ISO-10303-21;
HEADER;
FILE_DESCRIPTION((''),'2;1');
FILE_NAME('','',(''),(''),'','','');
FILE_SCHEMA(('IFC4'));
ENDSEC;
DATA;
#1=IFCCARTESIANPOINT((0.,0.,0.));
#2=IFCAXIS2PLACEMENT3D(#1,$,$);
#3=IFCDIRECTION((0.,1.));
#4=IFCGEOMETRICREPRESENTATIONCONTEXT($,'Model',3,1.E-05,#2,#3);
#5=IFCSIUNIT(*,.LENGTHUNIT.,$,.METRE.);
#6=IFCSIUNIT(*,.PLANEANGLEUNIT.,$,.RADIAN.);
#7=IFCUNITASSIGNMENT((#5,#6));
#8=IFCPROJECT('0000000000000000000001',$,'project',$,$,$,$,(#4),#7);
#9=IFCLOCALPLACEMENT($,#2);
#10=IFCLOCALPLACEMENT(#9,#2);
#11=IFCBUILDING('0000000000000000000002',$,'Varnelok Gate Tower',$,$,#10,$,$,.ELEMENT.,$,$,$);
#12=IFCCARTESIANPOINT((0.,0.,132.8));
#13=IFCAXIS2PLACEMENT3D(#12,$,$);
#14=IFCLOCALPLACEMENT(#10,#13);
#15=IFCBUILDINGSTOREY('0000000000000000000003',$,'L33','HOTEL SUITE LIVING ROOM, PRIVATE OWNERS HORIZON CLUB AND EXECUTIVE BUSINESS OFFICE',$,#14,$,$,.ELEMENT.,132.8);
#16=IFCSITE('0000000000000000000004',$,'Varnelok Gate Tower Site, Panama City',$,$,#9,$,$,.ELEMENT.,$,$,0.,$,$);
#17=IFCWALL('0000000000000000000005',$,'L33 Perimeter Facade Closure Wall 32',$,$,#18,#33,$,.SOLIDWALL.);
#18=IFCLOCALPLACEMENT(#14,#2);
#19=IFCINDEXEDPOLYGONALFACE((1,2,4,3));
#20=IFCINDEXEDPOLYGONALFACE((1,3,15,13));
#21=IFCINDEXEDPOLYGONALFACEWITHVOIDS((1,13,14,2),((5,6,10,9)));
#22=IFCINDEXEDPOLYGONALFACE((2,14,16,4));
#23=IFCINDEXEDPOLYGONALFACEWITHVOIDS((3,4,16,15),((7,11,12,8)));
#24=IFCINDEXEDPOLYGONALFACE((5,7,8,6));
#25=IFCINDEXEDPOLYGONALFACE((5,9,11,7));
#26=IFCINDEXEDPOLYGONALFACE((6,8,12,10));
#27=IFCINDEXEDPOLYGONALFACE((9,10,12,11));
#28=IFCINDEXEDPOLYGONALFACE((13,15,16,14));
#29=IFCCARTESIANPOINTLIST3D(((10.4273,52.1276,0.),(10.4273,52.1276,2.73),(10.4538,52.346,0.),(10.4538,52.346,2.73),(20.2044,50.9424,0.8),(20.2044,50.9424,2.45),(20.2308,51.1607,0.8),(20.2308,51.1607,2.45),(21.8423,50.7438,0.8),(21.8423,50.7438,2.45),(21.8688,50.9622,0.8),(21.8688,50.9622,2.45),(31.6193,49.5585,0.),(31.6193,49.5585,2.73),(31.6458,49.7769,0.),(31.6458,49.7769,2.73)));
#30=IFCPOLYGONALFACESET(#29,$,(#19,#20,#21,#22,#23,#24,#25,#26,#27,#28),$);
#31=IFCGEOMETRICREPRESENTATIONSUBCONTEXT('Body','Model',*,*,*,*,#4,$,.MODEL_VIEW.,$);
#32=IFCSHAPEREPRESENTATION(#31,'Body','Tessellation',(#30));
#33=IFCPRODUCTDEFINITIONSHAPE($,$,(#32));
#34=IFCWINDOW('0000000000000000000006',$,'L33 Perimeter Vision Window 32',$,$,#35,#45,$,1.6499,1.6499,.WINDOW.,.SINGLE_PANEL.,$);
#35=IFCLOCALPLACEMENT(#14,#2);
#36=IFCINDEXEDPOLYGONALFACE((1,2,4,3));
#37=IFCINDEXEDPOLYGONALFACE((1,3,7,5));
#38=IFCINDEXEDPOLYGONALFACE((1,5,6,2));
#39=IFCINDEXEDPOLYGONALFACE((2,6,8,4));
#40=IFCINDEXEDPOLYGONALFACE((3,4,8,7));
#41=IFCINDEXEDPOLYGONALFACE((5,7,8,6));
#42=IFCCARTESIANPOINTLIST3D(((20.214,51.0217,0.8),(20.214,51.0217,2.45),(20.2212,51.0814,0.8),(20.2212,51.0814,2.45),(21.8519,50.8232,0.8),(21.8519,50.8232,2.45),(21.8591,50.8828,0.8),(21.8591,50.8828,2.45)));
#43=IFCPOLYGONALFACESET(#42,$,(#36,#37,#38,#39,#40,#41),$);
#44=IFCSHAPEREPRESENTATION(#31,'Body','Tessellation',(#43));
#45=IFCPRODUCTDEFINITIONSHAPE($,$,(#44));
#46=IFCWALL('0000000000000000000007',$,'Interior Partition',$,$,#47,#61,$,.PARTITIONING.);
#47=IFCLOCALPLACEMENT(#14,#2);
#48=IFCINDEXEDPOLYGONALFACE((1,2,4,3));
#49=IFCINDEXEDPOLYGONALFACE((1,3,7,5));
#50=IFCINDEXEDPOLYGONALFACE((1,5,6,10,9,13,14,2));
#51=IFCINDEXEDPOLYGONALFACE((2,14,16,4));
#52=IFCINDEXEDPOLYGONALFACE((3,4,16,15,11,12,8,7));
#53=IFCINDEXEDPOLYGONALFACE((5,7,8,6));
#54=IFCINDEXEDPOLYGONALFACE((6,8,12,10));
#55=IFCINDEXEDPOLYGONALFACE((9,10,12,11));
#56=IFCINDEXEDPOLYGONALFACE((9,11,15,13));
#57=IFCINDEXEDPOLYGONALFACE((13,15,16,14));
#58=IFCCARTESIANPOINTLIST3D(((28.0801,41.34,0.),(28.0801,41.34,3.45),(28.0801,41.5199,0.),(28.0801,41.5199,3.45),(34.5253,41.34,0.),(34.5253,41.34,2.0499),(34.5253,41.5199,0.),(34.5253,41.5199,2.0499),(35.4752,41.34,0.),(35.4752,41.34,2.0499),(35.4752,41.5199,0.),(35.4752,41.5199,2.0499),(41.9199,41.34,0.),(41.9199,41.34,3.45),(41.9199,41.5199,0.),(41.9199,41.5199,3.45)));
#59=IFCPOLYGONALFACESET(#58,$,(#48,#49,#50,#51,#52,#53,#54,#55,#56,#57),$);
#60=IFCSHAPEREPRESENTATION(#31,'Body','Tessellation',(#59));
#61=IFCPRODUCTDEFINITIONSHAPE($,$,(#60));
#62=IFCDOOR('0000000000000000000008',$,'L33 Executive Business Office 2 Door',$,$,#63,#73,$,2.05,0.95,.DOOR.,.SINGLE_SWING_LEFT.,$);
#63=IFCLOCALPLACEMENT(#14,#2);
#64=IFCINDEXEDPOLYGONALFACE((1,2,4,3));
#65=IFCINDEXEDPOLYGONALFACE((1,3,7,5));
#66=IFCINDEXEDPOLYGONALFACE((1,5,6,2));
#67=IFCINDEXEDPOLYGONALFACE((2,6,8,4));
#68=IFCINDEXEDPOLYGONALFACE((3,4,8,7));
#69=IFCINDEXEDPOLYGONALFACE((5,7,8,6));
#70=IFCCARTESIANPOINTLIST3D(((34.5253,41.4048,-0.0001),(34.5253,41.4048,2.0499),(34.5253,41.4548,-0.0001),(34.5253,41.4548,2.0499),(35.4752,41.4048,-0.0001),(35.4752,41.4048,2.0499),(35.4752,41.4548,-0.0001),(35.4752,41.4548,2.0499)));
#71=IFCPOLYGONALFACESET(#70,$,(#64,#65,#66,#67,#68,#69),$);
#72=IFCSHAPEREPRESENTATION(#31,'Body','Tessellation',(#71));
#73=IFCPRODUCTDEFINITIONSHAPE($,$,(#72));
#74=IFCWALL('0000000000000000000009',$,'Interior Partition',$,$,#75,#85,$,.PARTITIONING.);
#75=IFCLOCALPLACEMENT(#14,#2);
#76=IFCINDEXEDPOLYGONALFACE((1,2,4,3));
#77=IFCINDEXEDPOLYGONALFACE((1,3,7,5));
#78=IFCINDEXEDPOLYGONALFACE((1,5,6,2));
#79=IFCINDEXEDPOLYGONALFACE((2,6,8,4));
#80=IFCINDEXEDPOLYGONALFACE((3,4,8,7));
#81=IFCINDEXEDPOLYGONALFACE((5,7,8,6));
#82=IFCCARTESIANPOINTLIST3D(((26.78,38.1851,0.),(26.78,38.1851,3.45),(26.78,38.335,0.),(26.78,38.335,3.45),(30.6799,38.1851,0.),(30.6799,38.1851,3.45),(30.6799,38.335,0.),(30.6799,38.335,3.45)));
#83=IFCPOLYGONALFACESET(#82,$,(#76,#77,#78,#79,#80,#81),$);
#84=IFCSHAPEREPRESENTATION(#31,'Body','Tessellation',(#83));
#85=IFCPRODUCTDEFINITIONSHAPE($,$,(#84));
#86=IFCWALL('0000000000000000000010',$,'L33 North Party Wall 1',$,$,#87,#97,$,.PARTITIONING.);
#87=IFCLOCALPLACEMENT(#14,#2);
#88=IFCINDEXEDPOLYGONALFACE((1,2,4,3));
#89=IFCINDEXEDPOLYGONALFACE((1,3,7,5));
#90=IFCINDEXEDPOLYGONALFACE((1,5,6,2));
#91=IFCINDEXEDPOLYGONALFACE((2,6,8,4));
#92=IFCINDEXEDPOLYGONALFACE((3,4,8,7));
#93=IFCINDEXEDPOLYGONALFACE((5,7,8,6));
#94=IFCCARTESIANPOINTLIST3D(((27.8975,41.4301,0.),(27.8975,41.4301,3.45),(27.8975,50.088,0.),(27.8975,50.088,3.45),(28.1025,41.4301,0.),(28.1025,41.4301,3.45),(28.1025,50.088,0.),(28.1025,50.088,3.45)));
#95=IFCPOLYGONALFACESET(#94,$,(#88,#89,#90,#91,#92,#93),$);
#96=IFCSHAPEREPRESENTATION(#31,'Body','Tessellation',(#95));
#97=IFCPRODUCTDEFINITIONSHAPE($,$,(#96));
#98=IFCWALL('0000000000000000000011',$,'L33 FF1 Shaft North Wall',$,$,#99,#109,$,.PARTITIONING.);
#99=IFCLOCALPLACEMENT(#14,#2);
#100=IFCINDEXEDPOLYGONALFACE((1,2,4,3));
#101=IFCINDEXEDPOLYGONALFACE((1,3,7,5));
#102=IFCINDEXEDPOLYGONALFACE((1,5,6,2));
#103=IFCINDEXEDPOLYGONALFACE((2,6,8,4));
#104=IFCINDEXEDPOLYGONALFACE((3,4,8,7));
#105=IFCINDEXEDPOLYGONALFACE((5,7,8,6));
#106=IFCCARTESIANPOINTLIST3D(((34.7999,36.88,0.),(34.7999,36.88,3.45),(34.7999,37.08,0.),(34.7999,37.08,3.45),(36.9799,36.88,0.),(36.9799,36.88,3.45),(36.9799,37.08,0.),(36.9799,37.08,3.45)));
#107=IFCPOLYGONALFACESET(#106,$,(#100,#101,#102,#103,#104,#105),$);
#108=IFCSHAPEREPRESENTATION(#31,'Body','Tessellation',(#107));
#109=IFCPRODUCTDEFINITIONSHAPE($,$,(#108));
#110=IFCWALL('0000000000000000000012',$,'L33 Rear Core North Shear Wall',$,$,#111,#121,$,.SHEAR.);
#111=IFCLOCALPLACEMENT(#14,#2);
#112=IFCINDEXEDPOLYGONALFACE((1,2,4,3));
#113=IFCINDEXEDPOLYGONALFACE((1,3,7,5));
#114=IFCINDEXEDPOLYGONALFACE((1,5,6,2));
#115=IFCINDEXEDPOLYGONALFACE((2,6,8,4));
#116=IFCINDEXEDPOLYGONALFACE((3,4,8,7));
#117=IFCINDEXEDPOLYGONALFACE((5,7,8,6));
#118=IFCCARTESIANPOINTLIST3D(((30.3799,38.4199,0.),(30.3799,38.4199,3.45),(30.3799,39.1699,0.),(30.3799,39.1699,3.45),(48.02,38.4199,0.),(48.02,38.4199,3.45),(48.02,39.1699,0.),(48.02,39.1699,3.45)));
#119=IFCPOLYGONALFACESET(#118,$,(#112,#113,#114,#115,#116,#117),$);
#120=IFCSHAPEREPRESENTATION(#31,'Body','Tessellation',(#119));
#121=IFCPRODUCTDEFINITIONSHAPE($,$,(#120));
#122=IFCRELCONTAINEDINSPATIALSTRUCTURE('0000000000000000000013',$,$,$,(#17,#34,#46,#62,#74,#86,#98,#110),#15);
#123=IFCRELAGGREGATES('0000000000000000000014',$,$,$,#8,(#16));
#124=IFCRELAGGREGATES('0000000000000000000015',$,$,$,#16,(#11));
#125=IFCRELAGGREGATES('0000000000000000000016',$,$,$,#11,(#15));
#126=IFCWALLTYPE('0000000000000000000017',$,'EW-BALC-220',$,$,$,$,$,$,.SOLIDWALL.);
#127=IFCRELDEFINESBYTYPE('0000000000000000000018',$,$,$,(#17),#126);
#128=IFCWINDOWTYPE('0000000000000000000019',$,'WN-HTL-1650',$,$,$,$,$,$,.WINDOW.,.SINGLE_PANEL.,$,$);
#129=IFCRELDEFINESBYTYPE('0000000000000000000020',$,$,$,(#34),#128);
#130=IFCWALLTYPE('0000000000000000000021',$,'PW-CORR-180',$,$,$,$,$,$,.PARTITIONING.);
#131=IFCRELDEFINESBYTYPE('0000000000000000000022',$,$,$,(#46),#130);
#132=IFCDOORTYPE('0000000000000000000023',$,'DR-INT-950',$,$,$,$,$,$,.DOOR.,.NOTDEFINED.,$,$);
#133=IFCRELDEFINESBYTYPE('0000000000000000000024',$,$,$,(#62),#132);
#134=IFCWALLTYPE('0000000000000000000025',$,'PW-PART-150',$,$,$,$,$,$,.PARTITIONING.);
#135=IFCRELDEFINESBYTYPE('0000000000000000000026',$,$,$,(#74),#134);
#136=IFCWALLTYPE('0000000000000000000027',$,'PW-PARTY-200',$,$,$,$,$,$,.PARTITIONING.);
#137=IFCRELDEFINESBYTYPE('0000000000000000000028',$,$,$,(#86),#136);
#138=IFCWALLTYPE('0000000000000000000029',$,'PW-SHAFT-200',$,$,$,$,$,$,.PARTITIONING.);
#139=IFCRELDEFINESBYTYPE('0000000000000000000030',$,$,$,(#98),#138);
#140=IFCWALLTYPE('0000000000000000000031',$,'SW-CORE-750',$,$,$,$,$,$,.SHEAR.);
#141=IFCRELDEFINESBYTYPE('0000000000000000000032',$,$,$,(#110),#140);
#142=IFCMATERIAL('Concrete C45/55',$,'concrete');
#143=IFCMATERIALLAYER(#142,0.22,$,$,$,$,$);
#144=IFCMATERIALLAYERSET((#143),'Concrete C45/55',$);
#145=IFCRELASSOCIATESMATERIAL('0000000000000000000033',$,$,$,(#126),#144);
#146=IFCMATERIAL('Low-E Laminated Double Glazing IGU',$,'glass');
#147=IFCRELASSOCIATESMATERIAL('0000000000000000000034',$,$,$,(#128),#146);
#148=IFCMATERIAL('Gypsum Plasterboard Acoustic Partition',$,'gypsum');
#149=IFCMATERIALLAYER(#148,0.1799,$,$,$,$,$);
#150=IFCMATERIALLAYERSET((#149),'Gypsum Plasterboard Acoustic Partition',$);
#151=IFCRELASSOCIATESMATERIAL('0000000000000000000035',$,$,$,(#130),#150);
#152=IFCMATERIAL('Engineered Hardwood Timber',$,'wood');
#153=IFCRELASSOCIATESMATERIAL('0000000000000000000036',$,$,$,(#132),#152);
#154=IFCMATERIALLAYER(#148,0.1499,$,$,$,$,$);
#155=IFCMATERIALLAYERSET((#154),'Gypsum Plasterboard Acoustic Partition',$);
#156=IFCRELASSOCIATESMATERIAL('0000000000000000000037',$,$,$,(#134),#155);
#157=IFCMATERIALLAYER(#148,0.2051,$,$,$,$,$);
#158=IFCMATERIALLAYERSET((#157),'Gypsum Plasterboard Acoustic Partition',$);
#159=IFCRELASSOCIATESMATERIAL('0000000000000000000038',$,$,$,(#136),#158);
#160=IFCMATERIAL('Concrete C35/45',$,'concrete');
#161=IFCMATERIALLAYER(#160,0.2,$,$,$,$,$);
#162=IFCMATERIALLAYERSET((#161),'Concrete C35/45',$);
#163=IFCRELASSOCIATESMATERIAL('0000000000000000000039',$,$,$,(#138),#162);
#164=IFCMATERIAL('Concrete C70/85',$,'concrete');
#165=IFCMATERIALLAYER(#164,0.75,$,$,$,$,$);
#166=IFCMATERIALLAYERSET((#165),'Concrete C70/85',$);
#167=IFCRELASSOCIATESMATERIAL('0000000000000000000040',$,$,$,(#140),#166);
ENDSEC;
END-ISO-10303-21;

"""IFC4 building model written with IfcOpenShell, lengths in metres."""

from ifc_helpers import new_model, si_unit, direction, frame, frame_2d, origin, place, context, subcontext, project, spatial, rectangle, extrude, material, layer, layer_set, type_object, element, fill, save


model = new_model("IFC4")

# Units and contexts
model_context = context("Model", 3, precision=1e-05, world=origin(), true_north=direction((0.0, 1.0)))
body_context = subcontext(model_context, "Body", "Model", "MODEL_VIEW")
ifc_project = project(units=[si_unit("LENGTHUNIT", "METRE"), si_unit("PLANEANGLEUNIT", "RADIAN")], contexts=[model_context])

# Site, building, storey
site_placement = place(None, origin())
site = spatial("IfcSite", under=ifc_project, at=site_placement, Name="Varnelok Gate Tower Site, Panama City", CompositionType="ELEMENT", RefElevation=0.0)
building_placement = place(site_placement, origin())
building = spatial("IfcBuilding", under=site, at=building_placement, Name="Varnelok Gate Tower", CompositionType="ELEMENT")
storey_placement = place(building_placement, frame((0.0, 0.0, 132.8)))
storey = spatial("IfcBuildingStorey", under=building, at=storey_placement, Name="L33", Description="HOTEL SUITE LIVING ROOM, PRIVATE OWNERS HORIZON CLUB AND EXECUTIVE BUSINESS OFFICE", CompositionType="ELEMENT", Elevation=132.8)

# Shared definitions
ifc_material_1 = material(Name="Concrete C70/85", Category="concrete")

# Shared definitions
ifc_material_2 = material(Name="Concrete C45/55", Category="concrete")
ifc_layer_1 = layer(ifc_material_2, 0.22)
ifc_layer_set_1 = layer_set([ifc_layer_1], Name="Concrete C45/55")
wall_type_1 = type_object("IfcWallType", Name="EW-BALC-220", PredefinedType="SOLIDWALL", material=ifc_layer_set_1)

# Wall, opening, window
wall_1_placement = place(storey_placement, frame((31.6326, 49.6677, 0.0), z_axis=(0.0, 0.0, 1.0), x_axis=(-0.992732, 0.120349, 0.0)))
wall_1 = element("IfcWall", 1, at=wall_1_placement, inside=storey, type_object=wall_type_1, Name="L33 Perimeter Facade Closure Wall 32", PredefinedType="SOLIDWALL", context=body_context, shape_type="SweptSolid", body=[
    extrude(rectangle(XDim=21.3472, YDim=0.22, at=frame_2d((10.6736, 0.0))), origin(), (0.0, 0.0, 1.0), 2.73),
])
opening_1_placement = place(wall_1_placement, frame((9.8486, 0.0, 0.8)))
opening_1 = element("IfcOpeningElement", 2, at=opening_1_placement, cuts=wall_1, PredefinedType="OPENING", context=body_context, shape_type="SweptSolid", body=[
    extrude(rectangle(XDim=1.6499, YDim=1.6499, at=frame_2d((0.825, 0.825))), frame((0.0, 0.1199, 0.0), z_axis=(0.0, -1.0, 0.0), x_axis=(1.0, 0.0, 0.0)), (0.0, 0.0, 1.0), 0.24),
])
ifc_material_3 = material(Name="Low-E Laminated Double Glazing IGU", Category="glass")
window_type = type_object("IfcWindowType", Name="WN-HTL-1650", PartitioningType="SINGLE_PANEL", PredefinedType="WINDOW", material=ifc_material_3)
window_placement = place(opening_1_placement, origin())
window = element("IfcWindow", 3, at=window_placement, inside=storey, type_object=window_type, Name="L33 Perimeter Vision Window 32", OverallHeight=1.6499, OverallWidth=1.6499, PartitioningType="SINGLE_PANEL", PredefinedType="WINDOW", context=body_context, shape_type="SweptSolid", body=[
    extrude(rectangle(XDim=1.6499, YDim=1.6499, at=frame_2d((0.825, 0.825))), frame((0.0, 0.03, 0.0), z_axis=(0.0, -1.0, 0.0), x_axis=(1.0, 0.0, 0.0)), (0.0, 0.0, 1.0), 0.0601),
])
fill(opening_1, window)

# Wall, opening, door
ifc_material_4 = material(Name="Gypsum Plasterboard Acoustic Partition", Category="gypsum")
ifc_layer_2 = layer(ifc_material_4, 0.1799)
ifc_layer_set_2 = layer_set([ifc_layer_2], Name="Gypsum Plasterboard Acoustic Partition")
wall_type_2 = type_object("IfcWallType", Name="PW-CORR-180", PredefinedType="PARTITIONING", material=ifc_layer_set_2)
wall_2_placement = place(storey_placement, frame((28.0801, 41.4299, 0.0), z_axis=(0.0, 0.0, 1.0), x_axis=(1.0, 0.0, 0.0)))
wall_2 = element("IfcWall", 4, at=wall_2_placement, inside=storey, type_object=wall_type_2, Name="Interior Partition", PredefinedType="PARTITIONING", context=body_context, shape_type="SweptSolid", body=[
    extrude(rectangle(XDim=13.8398, YDim=0.1799, at=frame_2d((6.9199, 0.0))), origin(), (0.0, 0.0, 1.0), 3.45),
])
opening_2_placement = place(wall_2_placement, frame((6.4451, 0.0, 0.0)))
opening_2 = element("IfcOpeningElement", 5, at=opening_2_placement, cuts=wall_2, PredefinedType="OPENING", context=body_context, shape_type="SweptSolid", body=[
    extrude(rectangle(XDim=0.95, YDim=2.05, at=frame_2d((0.4751, 1.0249))), frame((0.0, 0.0999, 0.0), z_axis=(0.0, -1.0, 0.0), x_axis=(1.0, 0.0, 0.0)), (0.0, 0.0, 1.0), 0.2),
])
ifc_material_5 = material(Name="Engineered Hardwood Timber", Category="wood")
door_type_1 = type_object("IfcDoorType", Name="DR-INT-950", OperationType="NOTDEFINED", PredefinedType="DOOR", material=ifc_material_5)
door_1_placement = place(opening_2_placement, origin())
door_1 = element("IfcDoor", 6, at=door_1_placement, inside=storey, type_object=door_type_1, Name="L33 Executive Business Office 2 Door", OperationType="SINGLE_SWING_LEFT", OverallHeight=2.05, OverallWidth=0.95, PredefinedType="DOOR", context=body_context, shape_type="SweptSolid", body=[
    extrude(rectangle(XDim=0.95, YDim=2.05, at=frame_2d((0.4751, 1.0249))), frame((0.0, 0.0249, 0.0), z_axis=(0.0, -1.0, 0.0), x_axis=(1.0, 0.0, 0.0)), (0.0, 0.0, 1.0), 0.05),
])
fill(opening_2, door_1)

# Walls
ifc_layer_3 = layer(ifc_material_4, 0.1499)
ifc_layer_set_3 = layer_set([ifc_layer_3], Name="Gypsum Plasterboard Acoustic Partition")
wall_type_3 = type_object("IfcWallType", Name="PW-PART-150", PredefinedType="PARTITIONING", material=ifc_layer_set_3)
wall_3_placement = place(storey_placement, frame((26.78, 38.26, 0.0), z_axis=(0.0, 0.0, 1.0), x_axis=(1.0, 0.0, 0.0)))
element("IfcWall", 7, at=wall_3_placement, inside=storey, type_object=wall_type_3, Name="Interior Partition", PredefinedType="PARTITIONING", context=body_context, shape_type="SweptSolid", body=[
    extrude(rectangle(XDim=3.8999, YDim=0.1499, at=frame_2d((1.95, 0.0))), origin(), (0.0, 0.0, 1.0), 3.45),
])
ifc_layer_4 = layer(ifc_material_4, 0.2051)
ifc_layer_set_4 = layer_set([ifc_layer_4], Name="Gypsum Plasterboard Acoustic Partition")
wall_type_4 = type_object("IfcWallType", Name="PW-PARTY-200", PredefinedType="PARTITIONING", material=ifc_layer_set_4)
wall_4_placement = place(storey_placement, frame((28.0, 41.4299, 0.0), z_axis=(0.0, 0.0, 1.0), x_axis=(0.0, 1.0, 0.0)))
element("IfcWall", 8, at=wall_4_placement, inside=storey, type_object=wall_type_4, Name="L33 North Party Wall 1", PredefinedType="PARTITIONING", context=body_context, shape_type="SweptSolid", body=[
    extrude(rectangle(XDim=8.658, YDim=0.2051, at=frame_2d((4.3291, 0.0))), origin(), (0.0, 0.0, 1.0), 3.45),
])
ifc_material_6 = material(Name="Concrete C35/45", Category="concrete")
ifc_layer_5 = layer(ifc_material_6, 0.2)
ifc_layer_set_5 = layer_set([ifc_layer_5], Name="Concrete C35/45")
wall_type_5 = type_object("IfcWallType", Name="PW-SHAFT-200", PredefinedType="PARTITIONING", material=ifc_layer_set_5)
wall_5_placement = place(storey_placement, frame((34.8, 36.98, 0.0), z_axis=(0.0, 0.0, 1.0), x_axis=(1.0, 0.0, 0.0)))
element("IfcWall", 9, at=wall_5_placement, inside=storey, type_object=wall_type_5, Name="L33 FF1 Shaft North Wall", PredefinedType="PARTITIONING", context=body_context, shape_type="SweptSolid", body=[
    extrude(rectangle(XDim=2.1799, YDim=0.2, at=frame_2d((1.0898, 0.0))), origin(), (0.0, 0.0, 1.0), 3.45),
])
ifc_layer_6 = layer(ifc_material_1, 0.75)
ifc_layer_set_6 = layer_set([ifc_layer_6], Name="Concrete C70/85")
wall_type_6 = type_object("IfcWallType", Name="SW-CORE-750", PredefinedType="SHEAR", material=ifc_layer_set_6)
wall_6_placement = place(storey_placement, frame((30.3799, 38.7949, 0.0), z_axis=(0.0, 0.0, 1.0), x_axis=(1.0, 0.0, 0.0)))
element("IfcWall", 10, at=wall_6_placement, inside=storey, type_object=wall_type_6, Name="L33 Rear Core North Shear Wall", PredefinedType="SHEAR", context=body_context, shape_type="SweptSolid", body=[
    extrude(rectangle(XDim=17.6401, YDim=0.75, at=frame_2d((8.8201, 0.0))), origin(), (0.0, 0.0, 1.0), 3.45),
])

save(model, "model.ifc")
